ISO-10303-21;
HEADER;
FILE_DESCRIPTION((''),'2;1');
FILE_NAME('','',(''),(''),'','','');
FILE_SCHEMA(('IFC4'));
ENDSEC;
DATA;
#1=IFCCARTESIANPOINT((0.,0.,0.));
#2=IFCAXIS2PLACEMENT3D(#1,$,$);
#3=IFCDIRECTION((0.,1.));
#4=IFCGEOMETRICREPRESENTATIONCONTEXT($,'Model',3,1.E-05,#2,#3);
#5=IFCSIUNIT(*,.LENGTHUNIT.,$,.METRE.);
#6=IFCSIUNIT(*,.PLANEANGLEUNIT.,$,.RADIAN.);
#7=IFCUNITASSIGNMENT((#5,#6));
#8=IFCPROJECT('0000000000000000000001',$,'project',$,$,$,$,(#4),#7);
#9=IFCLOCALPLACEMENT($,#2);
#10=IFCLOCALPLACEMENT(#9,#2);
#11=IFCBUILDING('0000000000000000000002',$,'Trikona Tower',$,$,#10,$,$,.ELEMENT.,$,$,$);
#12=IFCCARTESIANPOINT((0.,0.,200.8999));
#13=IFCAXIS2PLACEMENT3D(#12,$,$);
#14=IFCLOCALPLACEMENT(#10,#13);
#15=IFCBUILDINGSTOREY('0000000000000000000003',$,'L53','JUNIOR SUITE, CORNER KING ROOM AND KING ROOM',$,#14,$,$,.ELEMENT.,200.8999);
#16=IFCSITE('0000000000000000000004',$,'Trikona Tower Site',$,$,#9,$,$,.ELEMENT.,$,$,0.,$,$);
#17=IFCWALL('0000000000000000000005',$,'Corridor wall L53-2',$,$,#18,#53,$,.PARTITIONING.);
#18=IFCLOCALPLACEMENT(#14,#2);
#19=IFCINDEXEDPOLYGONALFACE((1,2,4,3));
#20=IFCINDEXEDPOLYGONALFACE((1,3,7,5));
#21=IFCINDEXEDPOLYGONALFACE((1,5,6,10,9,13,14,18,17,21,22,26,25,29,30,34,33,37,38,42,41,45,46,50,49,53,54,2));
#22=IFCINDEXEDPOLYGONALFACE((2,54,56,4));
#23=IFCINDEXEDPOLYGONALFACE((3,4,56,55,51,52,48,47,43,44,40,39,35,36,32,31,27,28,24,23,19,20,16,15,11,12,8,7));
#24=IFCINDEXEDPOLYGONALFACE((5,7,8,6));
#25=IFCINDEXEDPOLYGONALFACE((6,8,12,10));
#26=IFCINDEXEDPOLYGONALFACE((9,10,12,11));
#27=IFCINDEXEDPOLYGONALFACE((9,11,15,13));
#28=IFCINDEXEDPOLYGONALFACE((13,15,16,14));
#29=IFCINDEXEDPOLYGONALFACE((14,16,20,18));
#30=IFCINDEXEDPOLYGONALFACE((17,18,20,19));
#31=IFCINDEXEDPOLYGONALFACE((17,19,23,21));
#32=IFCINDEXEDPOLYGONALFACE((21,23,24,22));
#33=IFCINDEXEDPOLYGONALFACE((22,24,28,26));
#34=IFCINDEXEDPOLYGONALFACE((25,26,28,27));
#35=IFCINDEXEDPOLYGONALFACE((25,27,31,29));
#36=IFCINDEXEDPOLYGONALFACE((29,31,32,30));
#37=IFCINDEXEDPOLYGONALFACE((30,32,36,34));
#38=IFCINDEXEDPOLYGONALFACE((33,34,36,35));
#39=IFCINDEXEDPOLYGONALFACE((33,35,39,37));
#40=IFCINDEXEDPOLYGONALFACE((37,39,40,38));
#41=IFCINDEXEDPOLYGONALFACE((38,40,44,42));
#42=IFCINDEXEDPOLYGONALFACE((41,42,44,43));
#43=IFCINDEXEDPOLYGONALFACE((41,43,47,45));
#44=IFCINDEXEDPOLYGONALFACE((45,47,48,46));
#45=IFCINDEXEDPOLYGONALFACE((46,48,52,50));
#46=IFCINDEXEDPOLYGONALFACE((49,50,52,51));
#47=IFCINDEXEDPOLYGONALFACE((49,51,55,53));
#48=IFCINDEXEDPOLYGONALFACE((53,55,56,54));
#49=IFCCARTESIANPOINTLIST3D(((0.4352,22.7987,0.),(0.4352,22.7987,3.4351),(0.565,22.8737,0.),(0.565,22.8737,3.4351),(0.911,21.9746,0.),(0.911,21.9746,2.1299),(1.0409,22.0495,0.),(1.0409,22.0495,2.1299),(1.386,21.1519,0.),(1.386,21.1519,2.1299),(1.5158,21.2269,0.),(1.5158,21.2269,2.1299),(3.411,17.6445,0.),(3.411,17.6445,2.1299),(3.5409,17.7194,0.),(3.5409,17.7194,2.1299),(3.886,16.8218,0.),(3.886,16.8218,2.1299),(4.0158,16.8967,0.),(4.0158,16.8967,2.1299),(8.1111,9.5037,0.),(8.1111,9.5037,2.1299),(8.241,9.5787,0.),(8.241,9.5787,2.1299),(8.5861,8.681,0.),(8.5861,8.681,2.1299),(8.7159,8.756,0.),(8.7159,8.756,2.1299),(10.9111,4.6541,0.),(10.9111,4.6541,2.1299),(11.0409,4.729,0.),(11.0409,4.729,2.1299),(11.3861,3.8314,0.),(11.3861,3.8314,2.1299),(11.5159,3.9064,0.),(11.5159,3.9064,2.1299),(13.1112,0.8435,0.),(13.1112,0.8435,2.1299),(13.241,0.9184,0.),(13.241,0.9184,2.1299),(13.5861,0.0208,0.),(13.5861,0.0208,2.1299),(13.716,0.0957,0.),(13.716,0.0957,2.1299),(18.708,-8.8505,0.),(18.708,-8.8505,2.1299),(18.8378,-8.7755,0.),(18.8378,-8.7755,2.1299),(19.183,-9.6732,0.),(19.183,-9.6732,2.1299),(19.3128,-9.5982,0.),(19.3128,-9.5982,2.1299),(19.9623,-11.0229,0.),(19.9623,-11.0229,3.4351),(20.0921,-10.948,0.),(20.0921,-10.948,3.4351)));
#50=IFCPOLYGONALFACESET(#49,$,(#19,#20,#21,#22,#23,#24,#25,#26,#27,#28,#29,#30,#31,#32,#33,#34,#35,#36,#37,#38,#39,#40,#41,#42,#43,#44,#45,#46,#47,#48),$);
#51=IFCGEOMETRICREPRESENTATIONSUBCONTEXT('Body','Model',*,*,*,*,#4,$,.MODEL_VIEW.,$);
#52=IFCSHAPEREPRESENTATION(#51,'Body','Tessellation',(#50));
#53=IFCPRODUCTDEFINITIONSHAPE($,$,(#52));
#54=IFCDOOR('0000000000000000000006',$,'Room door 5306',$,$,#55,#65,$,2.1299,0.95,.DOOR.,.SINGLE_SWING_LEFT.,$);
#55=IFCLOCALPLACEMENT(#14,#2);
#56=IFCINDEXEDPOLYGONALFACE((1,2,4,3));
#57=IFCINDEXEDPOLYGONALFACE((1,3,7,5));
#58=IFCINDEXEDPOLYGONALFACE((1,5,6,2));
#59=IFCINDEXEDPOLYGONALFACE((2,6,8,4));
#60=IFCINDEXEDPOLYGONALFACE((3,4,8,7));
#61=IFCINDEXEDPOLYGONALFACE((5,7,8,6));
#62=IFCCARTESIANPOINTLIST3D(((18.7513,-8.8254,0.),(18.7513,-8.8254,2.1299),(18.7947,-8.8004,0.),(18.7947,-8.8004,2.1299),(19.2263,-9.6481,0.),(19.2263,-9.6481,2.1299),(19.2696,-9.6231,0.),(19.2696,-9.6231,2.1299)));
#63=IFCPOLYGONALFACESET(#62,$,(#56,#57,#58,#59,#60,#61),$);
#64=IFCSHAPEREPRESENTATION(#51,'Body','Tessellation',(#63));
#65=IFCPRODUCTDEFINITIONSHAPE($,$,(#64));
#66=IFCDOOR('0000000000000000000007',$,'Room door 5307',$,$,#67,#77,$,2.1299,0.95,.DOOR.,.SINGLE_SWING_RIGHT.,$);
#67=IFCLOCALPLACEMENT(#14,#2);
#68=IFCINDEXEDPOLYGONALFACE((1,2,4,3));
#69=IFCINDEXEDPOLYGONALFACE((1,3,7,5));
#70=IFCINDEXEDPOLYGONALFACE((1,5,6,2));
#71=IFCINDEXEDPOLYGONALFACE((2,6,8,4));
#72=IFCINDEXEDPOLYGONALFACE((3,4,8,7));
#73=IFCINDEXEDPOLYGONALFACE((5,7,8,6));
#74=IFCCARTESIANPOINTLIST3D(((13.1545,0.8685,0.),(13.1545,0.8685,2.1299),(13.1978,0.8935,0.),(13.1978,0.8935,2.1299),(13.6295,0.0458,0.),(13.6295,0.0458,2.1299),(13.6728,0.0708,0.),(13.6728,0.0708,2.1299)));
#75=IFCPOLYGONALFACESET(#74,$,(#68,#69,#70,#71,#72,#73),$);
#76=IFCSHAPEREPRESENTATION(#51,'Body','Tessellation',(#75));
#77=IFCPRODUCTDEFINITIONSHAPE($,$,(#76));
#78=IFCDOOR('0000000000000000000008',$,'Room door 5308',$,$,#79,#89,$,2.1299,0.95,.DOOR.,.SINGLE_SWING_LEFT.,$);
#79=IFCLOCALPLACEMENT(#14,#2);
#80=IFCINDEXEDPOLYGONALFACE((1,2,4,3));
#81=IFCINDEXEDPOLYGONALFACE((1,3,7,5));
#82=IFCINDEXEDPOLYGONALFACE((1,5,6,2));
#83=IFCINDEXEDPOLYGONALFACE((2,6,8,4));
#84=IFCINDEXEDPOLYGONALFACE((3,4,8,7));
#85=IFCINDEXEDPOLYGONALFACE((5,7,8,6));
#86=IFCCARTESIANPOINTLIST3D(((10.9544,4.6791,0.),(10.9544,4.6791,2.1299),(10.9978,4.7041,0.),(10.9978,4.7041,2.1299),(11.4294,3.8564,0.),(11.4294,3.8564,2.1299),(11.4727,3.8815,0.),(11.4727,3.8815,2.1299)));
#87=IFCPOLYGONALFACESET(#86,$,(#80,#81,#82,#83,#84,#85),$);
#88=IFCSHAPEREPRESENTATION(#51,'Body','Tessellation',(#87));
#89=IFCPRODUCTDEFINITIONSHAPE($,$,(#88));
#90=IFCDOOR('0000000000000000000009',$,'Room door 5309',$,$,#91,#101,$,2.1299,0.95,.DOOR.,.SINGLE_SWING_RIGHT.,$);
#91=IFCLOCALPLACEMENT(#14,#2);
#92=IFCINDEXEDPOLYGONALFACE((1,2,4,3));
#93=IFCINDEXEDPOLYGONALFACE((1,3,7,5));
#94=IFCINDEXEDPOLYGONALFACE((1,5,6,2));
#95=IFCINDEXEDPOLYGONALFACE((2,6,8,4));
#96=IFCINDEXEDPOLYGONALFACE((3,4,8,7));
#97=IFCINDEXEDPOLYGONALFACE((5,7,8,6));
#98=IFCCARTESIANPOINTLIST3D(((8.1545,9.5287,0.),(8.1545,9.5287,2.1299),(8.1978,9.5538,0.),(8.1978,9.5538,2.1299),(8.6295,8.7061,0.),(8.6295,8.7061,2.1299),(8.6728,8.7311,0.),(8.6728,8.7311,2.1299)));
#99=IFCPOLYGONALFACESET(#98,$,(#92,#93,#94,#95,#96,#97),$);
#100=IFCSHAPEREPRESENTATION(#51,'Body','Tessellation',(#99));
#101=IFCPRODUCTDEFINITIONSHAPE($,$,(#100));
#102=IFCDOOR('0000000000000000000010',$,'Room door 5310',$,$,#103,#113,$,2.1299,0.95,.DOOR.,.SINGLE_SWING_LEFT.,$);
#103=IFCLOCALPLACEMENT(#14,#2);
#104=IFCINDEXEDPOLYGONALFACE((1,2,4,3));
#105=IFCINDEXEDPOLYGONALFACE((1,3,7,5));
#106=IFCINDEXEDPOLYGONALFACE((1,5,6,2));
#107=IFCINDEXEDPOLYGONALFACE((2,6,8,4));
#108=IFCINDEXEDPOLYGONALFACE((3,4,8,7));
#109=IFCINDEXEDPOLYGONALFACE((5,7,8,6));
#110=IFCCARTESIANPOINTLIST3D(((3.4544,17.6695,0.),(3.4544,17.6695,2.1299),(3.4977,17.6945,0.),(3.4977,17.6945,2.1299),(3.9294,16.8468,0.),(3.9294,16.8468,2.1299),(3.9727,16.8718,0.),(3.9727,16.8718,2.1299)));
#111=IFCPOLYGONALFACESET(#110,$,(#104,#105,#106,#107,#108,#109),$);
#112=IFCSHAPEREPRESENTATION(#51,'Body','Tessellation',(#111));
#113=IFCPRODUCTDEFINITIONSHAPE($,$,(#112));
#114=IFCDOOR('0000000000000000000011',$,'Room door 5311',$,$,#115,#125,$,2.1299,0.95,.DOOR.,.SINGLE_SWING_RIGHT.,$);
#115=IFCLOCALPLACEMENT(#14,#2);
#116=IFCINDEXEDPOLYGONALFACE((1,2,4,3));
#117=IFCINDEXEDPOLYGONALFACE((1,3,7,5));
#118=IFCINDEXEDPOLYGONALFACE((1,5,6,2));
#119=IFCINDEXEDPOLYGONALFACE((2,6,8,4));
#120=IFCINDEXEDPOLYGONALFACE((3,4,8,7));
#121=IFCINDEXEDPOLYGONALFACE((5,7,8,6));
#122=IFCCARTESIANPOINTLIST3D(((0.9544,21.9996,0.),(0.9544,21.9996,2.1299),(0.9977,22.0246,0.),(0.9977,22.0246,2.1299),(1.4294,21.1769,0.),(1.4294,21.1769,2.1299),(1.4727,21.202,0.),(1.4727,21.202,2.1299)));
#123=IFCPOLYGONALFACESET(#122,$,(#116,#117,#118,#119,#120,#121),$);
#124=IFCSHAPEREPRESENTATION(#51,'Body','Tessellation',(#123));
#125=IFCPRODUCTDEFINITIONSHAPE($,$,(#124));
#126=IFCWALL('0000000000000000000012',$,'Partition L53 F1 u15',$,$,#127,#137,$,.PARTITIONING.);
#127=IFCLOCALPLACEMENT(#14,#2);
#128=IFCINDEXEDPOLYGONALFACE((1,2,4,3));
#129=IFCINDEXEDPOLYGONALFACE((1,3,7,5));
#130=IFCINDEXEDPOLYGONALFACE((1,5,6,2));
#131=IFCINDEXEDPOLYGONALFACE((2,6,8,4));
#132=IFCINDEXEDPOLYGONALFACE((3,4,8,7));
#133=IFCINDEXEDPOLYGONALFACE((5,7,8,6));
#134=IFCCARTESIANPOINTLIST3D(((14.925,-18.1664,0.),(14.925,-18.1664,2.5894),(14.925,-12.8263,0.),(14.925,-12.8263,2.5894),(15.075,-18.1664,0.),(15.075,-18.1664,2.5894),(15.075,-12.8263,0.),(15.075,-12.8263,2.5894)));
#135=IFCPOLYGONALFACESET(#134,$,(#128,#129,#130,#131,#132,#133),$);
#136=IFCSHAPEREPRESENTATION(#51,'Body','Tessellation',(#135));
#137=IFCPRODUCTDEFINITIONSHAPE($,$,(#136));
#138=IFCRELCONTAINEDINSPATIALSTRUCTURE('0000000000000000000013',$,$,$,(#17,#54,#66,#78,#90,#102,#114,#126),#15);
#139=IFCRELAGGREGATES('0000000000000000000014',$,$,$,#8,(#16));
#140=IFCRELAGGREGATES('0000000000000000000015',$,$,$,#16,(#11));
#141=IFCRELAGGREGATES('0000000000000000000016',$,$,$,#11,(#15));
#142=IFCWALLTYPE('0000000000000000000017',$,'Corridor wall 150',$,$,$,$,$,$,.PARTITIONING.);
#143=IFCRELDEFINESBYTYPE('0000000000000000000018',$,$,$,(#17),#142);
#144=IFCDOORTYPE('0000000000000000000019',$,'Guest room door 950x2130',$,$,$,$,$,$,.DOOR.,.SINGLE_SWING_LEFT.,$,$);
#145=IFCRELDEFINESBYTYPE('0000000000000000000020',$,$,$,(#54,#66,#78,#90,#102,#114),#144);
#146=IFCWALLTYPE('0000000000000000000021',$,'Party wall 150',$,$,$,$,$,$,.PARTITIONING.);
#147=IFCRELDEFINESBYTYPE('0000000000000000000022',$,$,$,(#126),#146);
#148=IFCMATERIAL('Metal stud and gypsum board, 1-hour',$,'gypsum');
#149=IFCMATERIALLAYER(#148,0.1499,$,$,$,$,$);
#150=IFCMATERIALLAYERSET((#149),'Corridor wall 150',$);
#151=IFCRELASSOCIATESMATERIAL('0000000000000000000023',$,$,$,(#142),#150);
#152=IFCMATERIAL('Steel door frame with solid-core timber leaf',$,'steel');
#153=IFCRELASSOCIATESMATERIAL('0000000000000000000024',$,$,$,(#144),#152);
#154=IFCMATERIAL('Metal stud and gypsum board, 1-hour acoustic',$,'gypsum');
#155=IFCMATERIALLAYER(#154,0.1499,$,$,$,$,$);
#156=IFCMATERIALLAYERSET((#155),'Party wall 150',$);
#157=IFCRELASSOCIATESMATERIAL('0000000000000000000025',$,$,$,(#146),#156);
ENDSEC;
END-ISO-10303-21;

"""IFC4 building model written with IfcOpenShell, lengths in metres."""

from ifc_helpers import new_model, si_unit, direction, frame, frame_2d, origin, place, context, subcontext, project, spatial, rectangle, extrude, material, layer, layer_set, type_object, element, fill, save


model = new_model("IFC4")

# Units and contexts
model_context = context("Model", 3, precision=1e-05, world=origin(), true_north=direction((0.0, 1.0)))
body_context = subcontext(model_context, "Body", "Model", "MODEL_VIEW")
ifc_project = project(units=[si_unit("LENGTHUNIT", "METRE"), si_unit("PLANEANGLEUNIT", "RADIAN")], contexts=[model_context])

# Site, building, storey
site_placement = place(None, origin())
site = spatial("IfcSite", under=ifc_project, at=site_placement, Name="Trikona Tower Site", CompositionType="ELEMENT", RefElevation=0.0)
building_placement = place(site_placement, origin())
building = spatial("IfcBuilding", under=site, at=building_placement, Name="Trikona Tower", CompositionType="ELEMENT")
storey_placement = place(building_placement, frame((0.0, 0.0, 200.8999)))
storey = spatial("IfcBuildingStorey", under=building, at=storey_placement, Name="L53", Description="JUNIOR SUITE, CORNER KING ROOM AND KING ROOM", CompositionType="ELEMENT", Elevation=200.8999)

# Wall, openings, doors
ifc_material_1 = material(Name="Metal stud and gypsum board, 1-hour", Category="gypsum")
ifc_layer_1 = layer(ifc_material_1, 0.1499)
ifc_layer_set_1 = layer_set([ifc_layer_1], Name="Corridor wall 150")
wall_type_1 = type_object("IfcWallType", Name="Corridor wall 150", PredefinedType="PARTITIONING", material=ifc_layer_set_1)
wall_1_placement = place(storey_placement, frame((20.0271, -10.9854, 0.0), z_axis=(0.0, 0.0, 1.0), x_axis=(-0.500002, 0.866024, 0.0)))
wall_1 = element("IfcWall", 1, at=wall_1_placement, inside=storey, type_object=wall_type_1, Name="Corridor wall L53-2", PredefinedType="PARTITIONING", context=body_context, shape_type="SweptSolid", body=[
    extrude(rectangle(XDim=39.054, YDim=0.1499, at=frame_2d((19.5269, 0.0))), origin(), (0.0, 0.0, 1.0), 3.4351),
])
opening_1_placement = place(wall_1_placement, frame((1.5583, 0.0, 0.0)))
opening_1 = element("IfcOpeningElement", 2, at=opening_1_placement, cuts=wall_1, PredefinedType="OPENING", context=body_context, shape_type="SweptSolid", body=[
    extrude(rectangle(XDim=0.95, YDim=2.1299, at=frame_2d((0.4751, 1.0649))), frame((0.0, 0.085, 0.0), z_axis=(0.0, -1.0, 0.0), x_axis=(1.0, 0.0, 0.0)), (0.0, 0.0, 1.0), 0.1699),
])
opening_2_placement = place(wall_1_placement, frame((12.752, 0.0, 0.0)))
opening_2 = element("IfcOpeningElement", 3, at=opening_2_placement, cuts=wall_1, PredefinedType="OPENING", context=body_context, shape_type="SweptSolid", body=[
    extrude(rectangle(XDim=0.95, YDim=2.1299, at=frame_2d((0.4751, 1.0649))), frame((0.0, 0.085, 0.0), z_axis=(0.0, -1.0, 0.0), x_axis=(1.0, 0.0, 0.0)), (0.0, 0.0, 1.0), 0.1699),
])
opening_3_placement = place(wall_1_placement, frame((17.1521, 0.0, 0.0)))
opening_3 = element("IfcOpeningElement", 4, at=opening_3_placement, cuts=wall_1, PredefinedType="OPENING", context=body_context, shape_type="SweptSolid", body=[
    extrude(rectangle(XDim=0.95, YDim=2.1299, at=frame_2d((0.4751, 1.0649))), frame((0.0, 0.085, 0.0), z_axis=(0.0, -1.0, 0.0), x_axis=(1.0, 0.0, 0.0)), (0.0, 0.0, 1.0), 0.1699),
])
opening_4_placement = place(wall_1_placement, frame((22.752, 0.0, 0.0)))
opening_4 = element("IfcOpeningElement", 5, at=opening_4_placement, cuts=wall_1, PredefinedType="OPENING", context=body_context, shape_type="SweptSolid", body=[
    extrude(rectangle(XDim=0.95, YDim=2.1299, at=frame_2d((0.4751, 1.0649))), frame((0.0, 0.085, 0.0), z_axis=(0.0, -1.0, 0.0), x_axis=(1.0, 0.0, 0.0)), (0.0, 0.0, 1.0), 0.1699),
])
opening_5_placement = place(wall_1_placement, frame((32.1521, 0.0, 0.0)))
opening_5 = element("IfcOpeningElement", 6, at=opening_5_placement, cuts=wall_1, PredefinedType="OPENING", context=body_context, shape_type="SweptSolid", body=[
    extrude(rectangle(XDim=0.95, YDim=2.1299, at=frame_2d((0.4751, 1.0649))), frame((0.0, 0.085, 0.0), z_axis=(0.0, -1.0, 0.0), x_axis=(1.0, 0.0, 0.0)), (0.0, 0.0, 1.0), 0.1699),
])
opening_6_placement = place(wall_1_placement, frame((37.1521, 0.0, 0.0)))
opening_6 = element("IfcOpeningElement", 7, at=opening_6_placement, cuts=wall_1, PredefinedType="OPENING", context=body_context, shape_type="SweptSolid", body=[
    extrude(rectangle(XDim=0.95, YDim=2.1299, at=frame_2d((0.4751, 1.0649))), frame((0.0, 0.085, 0.0), z_axis=(0.0, -1.0, 0.0), x_axis=(1.0, 0.0, 0.0)), (0.0, 0.0, 1.0), 0.1699),
])
ifc_material_2 = material(Name="Steel door frame with solid-core timber leaf", Category="steel")
door_type_1 = type_object("IfcDoorType", Name="Guest room door 950x2130", OperationType="SINGLE_SWING_LEFT", PredefinedType="DOOR", material=ifc_material_2)
door_1_placement = place(opening_1_placement, origin())
door_1 = element("IfcDoor", 8, at=door_1_placement, inside=storey, type_object=door_type_1, Name="Room door 5306", OperationType="SINGLE_SWING_LEFT", OverallHeight=2.1299, OverallWidth=0.95, PredefinedType="DOOR", context=body_context, shape_type="SweptSolid", body=[
    extrude(rectangle(XDim=0.95, YDim=2.1299, at=frame_2d((0.4751, 1.0649))), frame((0.0, 0.0249, 0.0), z_axis=(0.0, -1.0, 0.0), x_axis=(1.0, 0.0, 0.0)), (0.0, 0.0, 1.0), 0.05),
])
fill(opening_1, door_1)
door_2_placement = place(opening_2_placement, origin())
door_2 = element("IfcDoor", 9, at=door_2_placement, inside=storey, type_object=door_type_1, Name="Room door 5307", OperationType="SINGLE_SWING_RIGHT", OverallHeight=2.1299, OverallWidth=0.95, PredefinedType="DOOR", context=body_context, shape_type="SweptSolid", body=[
    extrude(rectangle(XDim=0.95, YDim=2.1299, at=frame_2d((0.4751, 1.0649))), frame((0.0, 0.0249, 0.0), z_axis=(0.0, -1.0, 0.0), x_axis=(1.0, 0.0, 0.0)), (0.0, 0.0, 1.0), 0.05),
])
fill(opening_2, door_2)
door_3_placement = place(opening_3_placement, origin())
door_3 = element("IfcDoor", 10, at=door_3_placement, inside=storey, type_object=door_type_1, Name="Room door 5308", OperationType="SINGLE_SWING_LEFT", OverallHeight=2.1299, OverallWidth=0.95, PredefinedType="DOOR", context=body_context, shape_type="SweptSolid", body=[
    extrude(rectangle(XDim=0.95, YDim=2.1299, at=frame_2d((0.4751, 1.0649))), frame((0.0, 0.0249, 0.0), z_axis=(0.0, -1.0, 0.0), x_axis=(1.0, 0.0, 0.0)), (0.0, 0.0, 1.0), 0.05),
])
fill(opening_3, door_3)
door_4_placement = place(opening_4_placement, origin())
door_4 = element("IfcDoor", 11, at=door_4_placement, inside=storey, type_object=door_type_1, Name="Room door 5309", OperationType="SINGLE_SWING_RIGHT", OverallHeight=2.1299, OverallWidth=0.95, PredefinedType="DOOR", context=body_context, shape_type="SweptSolid", body=[
    extrude(rectangle(XDim=0.95, YDim=2.1299, at=frame_2d((0.4751, 1.0649))), frame((0.0, 0.0249, 0.0), z_axis=(0.0, -1.0, 0.0), x_axis=(1.0, 0.0, 0.0)), (0.0, 0.0, 1.0), 0.05),
])
fill(opening_4, door_4)
door_5_placement = place(opening_5_placement, origin())
door_5 = element("IfcDoor", 12, at=door_5_placement, inside=storey, type_object=door_type_1, Name="Room door 5310", OperationType="SINGLE_SWING_LEFT", OverallHeight=2.1299, OverallWidth=0.95, PredefinedType="DOOR", context=body_context, shape_type="SweptSolid", body=[
    extrude(rectangle(XDim=0.95, YDim=2.1299, at=frame_2d((0.4751, 1.0649))), frame((0.0, 0.0249, 0.0), z_axis=(0.0, -1.0, 0.0), x_axis=(1.0, 0.0, 0.0)), (0.0, 0.0, 1.0), 0.05),
])
fill(opening_5, door_5)
door_6_placement = place(opening_6_placement, origin())
door_6 = element("IfcDoor", 13, at=door_6_placement, inside=storey, type_object=door_type_1, Name="Room door 5311", OperationType="SINGLE_SWING_RIGHT", OverallHeight=2.1299, OverallWidth=0.95, PredefinedType="DOOR", context=body_context, shape_type="SweptSolid", body=[
    extrude(rectangle(XDim=0.95, YDim=2.1299, at=frame_2d((0.4751, 1.0649))), frame((0.0, 0.0249, 0.0), z_axis=(0.0, -1.0, 0.0), x_axis=(1.0, 0.0, 0.0)), (0.0, 0.0, 1.0), 0.05),
])
fill(opening_6, door_6)

# Wall
ifc_material_3 = material(Name="Metal stud and gypsum board, 1-hour acoustic", Category="gypsum")
ifc_layer_2 = layer(ifc_material_3, 0.1499)
ifc_layer_set_2 = layer_set([ifc_layer_2], Name="Party wall 150")
wall_type_2 = type_object("IfcWallType", Name="Party wall 150", PredefinedType="PARTITIONING", material=ifc_layer_set_2)
wall_2_placement = place(storey_placement, frame((15.0, -12.8264, 0.0), z_axis=(0.0, 0.0, 1.0), x_axis=(0.0, -1.0, 0.0)))
element("IfcWall", 14, at=wall_2_placement, inside=storey, type_object=wall_type_2, Name="Partition L53 F1 u15", PredefinedType="PARTITIONING", context=body_context, shape_type="SweptSolid", body=[
    extrude(rectangle(XDim=5.3401, YDim=0.1499, at=frame_2d((2.6699, 0.0))), origin(), (0.0, 0.0, 1.0), 2.5894),
])

save(model, "model.ifc")
